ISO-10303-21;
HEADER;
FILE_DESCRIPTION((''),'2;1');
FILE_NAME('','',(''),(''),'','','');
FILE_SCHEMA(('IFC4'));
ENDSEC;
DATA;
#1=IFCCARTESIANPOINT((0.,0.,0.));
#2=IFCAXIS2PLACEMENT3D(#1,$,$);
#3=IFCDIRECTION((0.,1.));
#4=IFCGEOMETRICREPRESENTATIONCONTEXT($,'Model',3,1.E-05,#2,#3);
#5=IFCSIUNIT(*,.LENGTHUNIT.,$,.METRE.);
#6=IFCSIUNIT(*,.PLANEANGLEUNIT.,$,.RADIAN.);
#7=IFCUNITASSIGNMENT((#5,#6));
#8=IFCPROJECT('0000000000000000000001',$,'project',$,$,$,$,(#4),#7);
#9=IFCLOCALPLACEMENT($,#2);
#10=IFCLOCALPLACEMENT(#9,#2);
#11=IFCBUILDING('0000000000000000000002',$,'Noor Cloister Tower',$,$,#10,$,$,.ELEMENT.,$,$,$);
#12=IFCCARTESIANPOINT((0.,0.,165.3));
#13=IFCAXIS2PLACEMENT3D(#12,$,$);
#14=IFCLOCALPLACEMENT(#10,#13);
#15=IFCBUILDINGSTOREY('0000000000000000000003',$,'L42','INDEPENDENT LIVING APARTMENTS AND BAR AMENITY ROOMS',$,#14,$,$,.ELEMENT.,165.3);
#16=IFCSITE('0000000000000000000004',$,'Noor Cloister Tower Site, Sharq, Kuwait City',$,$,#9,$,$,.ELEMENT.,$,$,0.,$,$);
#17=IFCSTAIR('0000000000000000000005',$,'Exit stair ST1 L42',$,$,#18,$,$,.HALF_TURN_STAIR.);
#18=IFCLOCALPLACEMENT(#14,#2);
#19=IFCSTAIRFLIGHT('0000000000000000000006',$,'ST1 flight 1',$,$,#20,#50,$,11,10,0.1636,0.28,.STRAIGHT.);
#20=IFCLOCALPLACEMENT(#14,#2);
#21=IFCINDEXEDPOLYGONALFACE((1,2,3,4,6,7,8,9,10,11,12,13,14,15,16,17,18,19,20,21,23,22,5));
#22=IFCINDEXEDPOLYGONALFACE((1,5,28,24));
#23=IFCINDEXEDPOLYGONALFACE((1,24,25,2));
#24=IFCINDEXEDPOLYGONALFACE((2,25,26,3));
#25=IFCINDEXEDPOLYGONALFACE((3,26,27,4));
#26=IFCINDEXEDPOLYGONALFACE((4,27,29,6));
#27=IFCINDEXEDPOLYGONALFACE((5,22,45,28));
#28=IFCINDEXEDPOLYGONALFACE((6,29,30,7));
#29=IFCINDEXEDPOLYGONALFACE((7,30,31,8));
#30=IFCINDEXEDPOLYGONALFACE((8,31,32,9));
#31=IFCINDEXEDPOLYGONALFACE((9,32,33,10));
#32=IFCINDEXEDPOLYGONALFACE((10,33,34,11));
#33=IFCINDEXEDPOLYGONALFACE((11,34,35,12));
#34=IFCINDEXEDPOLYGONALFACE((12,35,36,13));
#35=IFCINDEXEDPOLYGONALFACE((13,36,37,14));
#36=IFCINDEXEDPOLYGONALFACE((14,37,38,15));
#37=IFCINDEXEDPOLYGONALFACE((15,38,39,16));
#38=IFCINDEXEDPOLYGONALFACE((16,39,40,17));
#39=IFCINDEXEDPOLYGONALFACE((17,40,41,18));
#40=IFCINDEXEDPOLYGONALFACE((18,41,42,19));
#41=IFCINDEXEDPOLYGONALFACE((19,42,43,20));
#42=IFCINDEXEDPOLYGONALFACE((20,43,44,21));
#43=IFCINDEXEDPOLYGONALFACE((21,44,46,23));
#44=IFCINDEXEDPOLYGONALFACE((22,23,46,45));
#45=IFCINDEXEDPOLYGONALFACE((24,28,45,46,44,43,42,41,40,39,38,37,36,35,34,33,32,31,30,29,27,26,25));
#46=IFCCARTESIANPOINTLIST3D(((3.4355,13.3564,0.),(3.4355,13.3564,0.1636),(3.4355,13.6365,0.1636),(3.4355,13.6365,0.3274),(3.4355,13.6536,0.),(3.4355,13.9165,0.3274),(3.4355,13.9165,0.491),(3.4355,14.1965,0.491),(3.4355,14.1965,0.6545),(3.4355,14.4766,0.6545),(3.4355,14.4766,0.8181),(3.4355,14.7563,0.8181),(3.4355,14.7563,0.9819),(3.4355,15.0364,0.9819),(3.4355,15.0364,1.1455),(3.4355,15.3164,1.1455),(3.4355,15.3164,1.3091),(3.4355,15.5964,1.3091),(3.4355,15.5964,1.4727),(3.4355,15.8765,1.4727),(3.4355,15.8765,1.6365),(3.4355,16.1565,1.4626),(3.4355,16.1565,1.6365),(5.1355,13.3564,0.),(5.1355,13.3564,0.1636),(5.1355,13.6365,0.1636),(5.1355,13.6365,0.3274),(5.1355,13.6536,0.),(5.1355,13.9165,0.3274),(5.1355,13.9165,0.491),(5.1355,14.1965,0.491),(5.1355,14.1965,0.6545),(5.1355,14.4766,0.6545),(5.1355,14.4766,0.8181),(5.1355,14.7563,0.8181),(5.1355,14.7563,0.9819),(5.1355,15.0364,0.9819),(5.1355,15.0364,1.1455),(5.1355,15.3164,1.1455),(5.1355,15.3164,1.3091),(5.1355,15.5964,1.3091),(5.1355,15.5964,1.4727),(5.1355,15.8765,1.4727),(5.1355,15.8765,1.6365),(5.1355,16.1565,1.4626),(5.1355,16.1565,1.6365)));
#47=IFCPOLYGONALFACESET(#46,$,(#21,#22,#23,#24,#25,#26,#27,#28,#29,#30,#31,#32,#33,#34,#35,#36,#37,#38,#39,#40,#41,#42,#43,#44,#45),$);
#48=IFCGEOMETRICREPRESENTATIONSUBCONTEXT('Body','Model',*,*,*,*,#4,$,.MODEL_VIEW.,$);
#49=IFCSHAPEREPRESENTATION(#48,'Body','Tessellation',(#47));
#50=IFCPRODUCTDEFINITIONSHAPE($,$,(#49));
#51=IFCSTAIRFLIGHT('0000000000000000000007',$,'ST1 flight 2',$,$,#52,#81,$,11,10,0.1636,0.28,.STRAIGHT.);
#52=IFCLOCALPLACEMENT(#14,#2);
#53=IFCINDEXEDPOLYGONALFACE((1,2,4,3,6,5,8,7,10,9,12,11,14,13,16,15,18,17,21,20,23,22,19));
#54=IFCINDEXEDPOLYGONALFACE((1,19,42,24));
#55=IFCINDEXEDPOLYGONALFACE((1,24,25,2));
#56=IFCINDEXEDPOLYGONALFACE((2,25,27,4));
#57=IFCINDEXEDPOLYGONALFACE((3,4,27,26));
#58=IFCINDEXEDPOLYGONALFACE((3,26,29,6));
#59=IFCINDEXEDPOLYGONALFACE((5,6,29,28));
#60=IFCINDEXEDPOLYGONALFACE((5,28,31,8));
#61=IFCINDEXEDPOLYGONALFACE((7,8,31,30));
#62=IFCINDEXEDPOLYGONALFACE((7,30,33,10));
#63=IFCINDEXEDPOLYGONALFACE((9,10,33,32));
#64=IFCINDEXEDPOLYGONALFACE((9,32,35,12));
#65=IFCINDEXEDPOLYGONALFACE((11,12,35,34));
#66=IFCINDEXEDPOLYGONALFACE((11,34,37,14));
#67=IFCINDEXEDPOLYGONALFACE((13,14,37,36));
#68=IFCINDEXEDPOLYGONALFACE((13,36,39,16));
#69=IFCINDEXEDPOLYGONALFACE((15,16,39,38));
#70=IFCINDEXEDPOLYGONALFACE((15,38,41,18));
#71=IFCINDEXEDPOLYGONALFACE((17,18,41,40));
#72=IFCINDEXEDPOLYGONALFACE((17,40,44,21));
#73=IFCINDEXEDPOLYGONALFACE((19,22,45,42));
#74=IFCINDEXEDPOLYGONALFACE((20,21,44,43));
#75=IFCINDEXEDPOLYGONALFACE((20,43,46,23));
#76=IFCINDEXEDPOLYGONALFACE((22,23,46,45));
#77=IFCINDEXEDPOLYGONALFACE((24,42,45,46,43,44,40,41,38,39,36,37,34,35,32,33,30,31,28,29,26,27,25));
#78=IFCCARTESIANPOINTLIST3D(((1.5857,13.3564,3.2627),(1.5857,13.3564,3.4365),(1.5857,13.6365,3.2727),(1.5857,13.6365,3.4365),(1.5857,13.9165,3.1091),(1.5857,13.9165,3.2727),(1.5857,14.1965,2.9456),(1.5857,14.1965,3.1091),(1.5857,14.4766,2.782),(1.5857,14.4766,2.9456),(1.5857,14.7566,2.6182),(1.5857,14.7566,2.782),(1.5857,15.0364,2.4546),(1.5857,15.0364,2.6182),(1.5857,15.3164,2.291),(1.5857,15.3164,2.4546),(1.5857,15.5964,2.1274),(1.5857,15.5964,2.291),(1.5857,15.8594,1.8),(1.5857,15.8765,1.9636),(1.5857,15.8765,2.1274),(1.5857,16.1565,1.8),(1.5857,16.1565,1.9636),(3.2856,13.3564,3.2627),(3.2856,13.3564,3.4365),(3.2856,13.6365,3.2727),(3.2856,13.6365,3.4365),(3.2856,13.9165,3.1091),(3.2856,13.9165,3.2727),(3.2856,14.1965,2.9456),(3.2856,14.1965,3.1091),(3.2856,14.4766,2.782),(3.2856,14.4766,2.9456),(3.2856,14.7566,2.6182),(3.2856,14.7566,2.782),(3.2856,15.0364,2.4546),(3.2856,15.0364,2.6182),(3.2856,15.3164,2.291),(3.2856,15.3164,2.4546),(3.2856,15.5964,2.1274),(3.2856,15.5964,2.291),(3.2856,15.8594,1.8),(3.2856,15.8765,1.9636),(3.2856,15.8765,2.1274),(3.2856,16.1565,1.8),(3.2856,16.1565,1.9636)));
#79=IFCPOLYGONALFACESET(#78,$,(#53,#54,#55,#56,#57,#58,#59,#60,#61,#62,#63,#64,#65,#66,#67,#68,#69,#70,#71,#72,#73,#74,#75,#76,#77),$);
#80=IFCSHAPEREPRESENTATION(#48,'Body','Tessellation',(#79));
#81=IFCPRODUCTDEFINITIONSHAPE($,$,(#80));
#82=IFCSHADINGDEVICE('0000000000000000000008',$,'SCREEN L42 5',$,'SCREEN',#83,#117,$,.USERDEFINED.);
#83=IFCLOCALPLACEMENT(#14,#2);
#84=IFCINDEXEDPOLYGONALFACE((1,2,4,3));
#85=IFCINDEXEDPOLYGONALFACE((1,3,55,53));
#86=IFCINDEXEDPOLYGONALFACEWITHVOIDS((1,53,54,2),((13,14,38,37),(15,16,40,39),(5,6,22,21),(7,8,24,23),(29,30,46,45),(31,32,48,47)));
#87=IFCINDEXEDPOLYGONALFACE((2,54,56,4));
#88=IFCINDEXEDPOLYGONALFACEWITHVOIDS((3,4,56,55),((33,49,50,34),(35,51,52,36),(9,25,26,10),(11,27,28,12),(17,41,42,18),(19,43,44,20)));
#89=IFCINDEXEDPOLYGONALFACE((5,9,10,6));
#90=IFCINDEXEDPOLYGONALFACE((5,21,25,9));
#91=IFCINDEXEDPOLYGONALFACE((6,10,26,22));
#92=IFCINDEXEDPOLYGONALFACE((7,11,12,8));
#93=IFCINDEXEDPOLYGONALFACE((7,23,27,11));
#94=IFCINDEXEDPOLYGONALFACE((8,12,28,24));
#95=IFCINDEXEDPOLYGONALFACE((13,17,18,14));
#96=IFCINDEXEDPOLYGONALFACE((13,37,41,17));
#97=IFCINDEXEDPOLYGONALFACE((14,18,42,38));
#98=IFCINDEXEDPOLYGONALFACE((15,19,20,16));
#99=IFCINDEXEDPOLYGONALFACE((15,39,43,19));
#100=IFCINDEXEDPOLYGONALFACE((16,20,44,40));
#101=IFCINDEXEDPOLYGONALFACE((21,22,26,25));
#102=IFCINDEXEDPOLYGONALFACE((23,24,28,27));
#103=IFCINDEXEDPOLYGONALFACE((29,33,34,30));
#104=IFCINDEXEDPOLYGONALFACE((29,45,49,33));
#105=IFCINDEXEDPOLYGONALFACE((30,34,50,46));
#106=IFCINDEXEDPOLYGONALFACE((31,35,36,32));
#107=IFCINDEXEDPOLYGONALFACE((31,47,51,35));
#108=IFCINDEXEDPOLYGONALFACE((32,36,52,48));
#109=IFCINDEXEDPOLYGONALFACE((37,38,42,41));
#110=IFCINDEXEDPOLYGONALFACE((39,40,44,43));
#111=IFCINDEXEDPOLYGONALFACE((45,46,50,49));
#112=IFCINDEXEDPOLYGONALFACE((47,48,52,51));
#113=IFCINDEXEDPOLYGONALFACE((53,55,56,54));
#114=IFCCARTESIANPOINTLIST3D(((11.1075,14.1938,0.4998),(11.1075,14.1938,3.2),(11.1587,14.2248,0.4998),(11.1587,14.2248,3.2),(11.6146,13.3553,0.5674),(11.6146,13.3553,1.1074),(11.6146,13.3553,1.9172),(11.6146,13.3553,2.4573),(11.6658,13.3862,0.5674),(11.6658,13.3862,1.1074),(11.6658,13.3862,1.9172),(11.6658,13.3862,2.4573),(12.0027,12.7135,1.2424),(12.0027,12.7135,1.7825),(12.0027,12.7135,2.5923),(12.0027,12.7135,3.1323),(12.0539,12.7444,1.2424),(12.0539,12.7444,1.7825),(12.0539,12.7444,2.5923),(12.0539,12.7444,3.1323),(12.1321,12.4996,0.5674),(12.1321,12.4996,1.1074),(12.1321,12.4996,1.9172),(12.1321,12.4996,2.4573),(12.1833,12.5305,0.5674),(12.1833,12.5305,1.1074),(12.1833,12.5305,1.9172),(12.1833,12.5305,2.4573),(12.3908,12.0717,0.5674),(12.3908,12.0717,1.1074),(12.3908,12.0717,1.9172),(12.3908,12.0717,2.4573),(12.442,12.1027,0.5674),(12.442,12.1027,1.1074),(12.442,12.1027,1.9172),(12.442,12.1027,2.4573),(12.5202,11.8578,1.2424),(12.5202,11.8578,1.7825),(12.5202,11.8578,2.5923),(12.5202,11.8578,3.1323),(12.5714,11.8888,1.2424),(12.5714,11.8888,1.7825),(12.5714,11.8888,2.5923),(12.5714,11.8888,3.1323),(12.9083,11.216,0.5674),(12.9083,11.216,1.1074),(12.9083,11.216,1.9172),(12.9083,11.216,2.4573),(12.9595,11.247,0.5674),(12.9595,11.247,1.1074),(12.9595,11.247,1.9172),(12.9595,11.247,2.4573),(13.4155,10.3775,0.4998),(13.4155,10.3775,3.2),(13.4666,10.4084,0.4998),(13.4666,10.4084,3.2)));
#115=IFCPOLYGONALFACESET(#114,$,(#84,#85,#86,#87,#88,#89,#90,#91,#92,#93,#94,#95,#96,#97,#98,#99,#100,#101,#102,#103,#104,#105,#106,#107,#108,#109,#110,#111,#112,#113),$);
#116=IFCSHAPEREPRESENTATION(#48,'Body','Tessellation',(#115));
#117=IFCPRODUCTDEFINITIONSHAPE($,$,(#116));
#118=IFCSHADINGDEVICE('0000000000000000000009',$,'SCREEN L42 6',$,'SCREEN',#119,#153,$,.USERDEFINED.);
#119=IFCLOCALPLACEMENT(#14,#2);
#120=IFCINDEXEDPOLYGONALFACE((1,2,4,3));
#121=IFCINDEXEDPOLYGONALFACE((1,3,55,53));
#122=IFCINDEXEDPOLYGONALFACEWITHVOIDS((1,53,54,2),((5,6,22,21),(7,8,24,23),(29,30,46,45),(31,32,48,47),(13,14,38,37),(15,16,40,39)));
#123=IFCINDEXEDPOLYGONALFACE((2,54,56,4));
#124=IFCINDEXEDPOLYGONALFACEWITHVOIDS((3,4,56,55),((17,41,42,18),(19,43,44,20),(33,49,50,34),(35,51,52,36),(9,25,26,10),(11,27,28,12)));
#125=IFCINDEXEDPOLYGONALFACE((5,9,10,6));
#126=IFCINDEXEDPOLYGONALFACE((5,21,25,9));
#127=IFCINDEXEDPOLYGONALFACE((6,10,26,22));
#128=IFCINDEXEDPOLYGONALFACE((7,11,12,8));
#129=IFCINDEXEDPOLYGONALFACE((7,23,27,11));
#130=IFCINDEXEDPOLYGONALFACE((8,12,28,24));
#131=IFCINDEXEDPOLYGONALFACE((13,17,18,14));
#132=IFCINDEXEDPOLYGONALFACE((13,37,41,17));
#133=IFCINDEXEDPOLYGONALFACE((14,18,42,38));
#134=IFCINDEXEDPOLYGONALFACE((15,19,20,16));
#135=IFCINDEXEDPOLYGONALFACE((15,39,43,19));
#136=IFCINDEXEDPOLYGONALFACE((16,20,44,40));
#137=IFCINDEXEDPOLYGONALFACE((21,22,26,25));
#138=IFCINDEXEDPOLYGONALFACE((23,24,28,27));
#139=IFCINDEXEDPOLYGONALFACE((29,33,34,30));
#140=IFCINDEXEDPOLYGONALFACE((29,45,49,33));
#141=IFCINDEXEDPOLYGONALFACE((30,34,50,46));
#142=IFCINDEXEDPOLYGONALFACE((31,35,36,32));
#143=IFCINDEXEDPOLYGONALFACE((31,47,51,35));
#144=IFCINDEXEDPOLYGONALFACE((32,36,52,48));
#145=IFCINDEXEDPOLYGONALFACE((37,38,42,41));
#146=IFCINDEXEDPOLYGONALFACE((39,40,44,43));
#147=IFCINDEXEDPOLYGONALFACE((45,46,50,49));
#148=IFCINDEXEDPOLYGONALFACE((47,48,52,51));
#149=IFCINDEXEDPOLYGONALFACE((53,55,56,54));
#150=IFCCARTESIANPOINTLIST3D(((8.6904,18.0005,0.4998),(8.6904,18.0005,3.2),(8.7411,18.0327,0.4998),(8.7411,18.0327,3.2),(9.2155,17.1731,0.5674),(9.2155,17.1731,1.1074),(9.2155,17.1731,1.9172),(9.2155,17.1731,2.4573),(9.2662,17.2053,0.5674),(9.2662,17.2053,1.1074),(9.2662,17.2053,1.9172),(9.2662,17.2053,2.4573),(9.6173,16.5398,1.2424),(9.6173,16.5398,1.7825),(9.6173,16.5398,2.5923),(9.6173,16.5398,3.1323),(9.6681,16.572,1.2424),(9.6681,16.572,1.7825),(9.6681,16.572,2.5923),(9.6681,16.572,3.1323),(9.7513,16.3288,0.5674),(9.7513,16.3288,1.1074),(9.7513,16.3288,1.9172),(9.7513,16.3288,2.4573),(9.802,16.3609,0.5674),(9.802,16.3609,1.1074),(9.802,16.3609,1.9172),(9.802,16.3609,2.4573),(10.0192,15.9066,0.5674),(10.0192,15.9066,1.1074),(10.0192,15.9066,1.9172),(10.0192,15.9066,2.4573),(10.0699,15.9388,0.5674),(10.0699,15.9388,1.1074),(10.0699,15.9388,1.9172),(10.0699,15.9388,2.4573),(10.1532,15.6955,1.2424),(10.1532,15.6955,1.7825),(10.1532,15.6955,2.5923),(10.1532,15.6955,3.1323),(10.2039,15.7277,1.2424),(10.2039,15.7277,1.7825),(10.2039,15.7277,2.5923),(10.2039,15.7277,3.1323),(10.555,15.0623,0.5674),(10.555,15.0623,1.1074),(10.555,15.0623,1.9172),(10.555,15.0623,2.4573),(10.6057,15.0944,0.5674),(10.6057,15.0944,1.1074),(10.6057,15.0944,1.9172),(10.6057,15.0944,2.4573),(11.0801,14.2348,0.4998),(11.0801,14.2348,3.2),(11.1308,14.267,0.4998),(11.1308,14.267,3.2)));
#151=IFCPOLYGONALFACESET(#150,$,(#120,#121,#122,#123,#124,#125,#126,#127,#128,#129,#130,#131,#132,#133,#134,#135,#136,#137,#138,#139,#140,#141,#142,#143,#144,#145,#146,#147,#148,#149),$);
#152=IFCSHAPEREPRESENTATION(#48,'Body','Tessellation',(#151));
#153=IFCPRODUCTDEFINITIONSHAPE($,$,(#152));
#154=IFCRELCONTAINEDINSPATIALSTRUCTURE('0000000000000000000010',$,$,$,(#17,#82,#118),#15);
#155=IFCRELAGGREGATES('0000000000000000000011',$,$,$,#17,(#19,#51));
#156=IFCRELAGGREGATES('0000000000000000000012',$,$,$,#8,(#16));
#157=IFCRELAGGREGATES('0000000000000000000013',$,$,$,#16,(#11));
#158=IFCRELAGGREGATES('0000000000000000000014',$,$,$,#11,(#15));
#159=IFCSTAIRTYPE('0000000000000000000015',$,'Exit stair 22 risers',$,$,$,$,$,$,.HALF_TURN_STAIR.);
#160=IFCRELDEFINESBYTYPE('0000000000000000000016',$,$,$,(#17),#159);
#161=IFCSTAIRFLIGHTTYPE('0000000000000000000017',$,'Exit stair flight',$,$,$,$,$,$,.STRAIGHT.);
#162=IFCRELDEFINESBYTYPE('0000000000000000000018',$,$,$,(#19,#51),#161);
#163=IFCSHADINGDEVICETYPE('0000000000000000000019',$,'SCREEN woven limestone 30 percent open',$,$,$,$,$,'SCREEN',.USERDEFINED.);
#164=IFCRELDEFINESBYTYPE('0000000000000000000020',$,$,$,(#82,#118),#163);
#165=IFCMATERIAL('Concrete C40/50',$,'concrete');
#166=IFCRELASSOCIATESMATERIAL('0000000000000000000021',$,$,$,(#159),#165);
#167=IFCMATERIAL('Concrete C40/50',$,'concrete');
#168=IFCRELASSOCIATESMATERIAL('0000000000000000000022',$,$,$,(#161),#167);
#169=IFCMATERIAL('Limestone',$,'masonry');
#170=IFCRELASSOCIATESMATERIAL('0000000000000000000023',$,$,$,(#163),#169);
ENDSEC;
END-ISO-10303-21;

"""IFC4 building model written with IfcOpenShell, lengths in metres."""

from ifc_helpers import new_model, si_unit, direction, frame, origin, place, context, subcontext, project, spatial, polyline, outline, extrude, material, material_profile, profile_set, type_object, element, aggregate, save


model = new_model("IFC4")

# Units and contexts
model_context = context("Model", 3, precision=1e-05, world=origin(), true_north=direction((0.0, 1.0)))
body_context = subcontext(model_context, "Body", "Model", "MODEL_VIEW")
ifc_project = project(units=[si_unit("LENGTHUNIT", "METRE"), si_unit("PLANEANGLEUNIT", "RADIAN")], contexts=[model_context])

# Site, building, storey
site_placement = place(None, origin())
site = spatial("IfcSite", under=ifc_project, at=site_placement, Name="Noor Cloister Tower Site, Sharq, Kuwait City", CompositionType="ELEMENT", RefElevation=0.0)
building_placement = place(site_placement, origin())
building = spatial("IfcBuilding", under=site, at=building_placement, Name="Noor Cloister Tower", CompositionType="ELEMENT")
storey_placement = place(building_placement, frame((0.0, 0.0, 165.3)))
storey = spatial("IfcBuildingStorey", under=building, at=storey_placement, Name="L42", Description="INDEPENDENT LIVING APARTMENTS AND BAR AMENITY ROOMS", CompositionType="ELEMENT", Elevation=165.3)

# Stair, stair flights
ifc_material_1 = material(Name="Concrete C40/50", Category="concrete")
stair_type = type_object("IfcStairType", Name="Exit stair 22 risers", PredefinedType="HALF_TURN_STAIR", material=ifc_material_1)
stair_placement = place(storey_placement, origin())
stair = element("IfcStair", 1, at=stair_placement, inside=storey, type_object=stair_type, Name="Exit stair ST1 L42", PredefinedType="HALF_TURN_STAIR")
ifc_material_2 = material(Name="Concrete C40/50", Category="concrete")
stair_flight_type = type_object("IfcStairFlightType", Name="Exit stair flight", PredefinedType="STRAIGHT", material=ifc_material_2)
stair_flight_1_placement = place(storey_placement, frame((4.2856, 13.3564, 0.0), z_axis=(0.0, 0.0, 1.0), x_axis=(0.0, 1.0, 0.0)))
stair_flight_1 = element("IfcStairFlight", 2, at=stair_flight_1_placement, type_object=stair_flight_type, Name="ST1 flight 1", NumberOfRisers=11, NumberOfTreads=10, PredefinedType="STRAIGHT", RiserHeight=0.1636, TreadLength=0.28, context=body_context, shape_type="SweptSolid", body=[
    extrude(outline(polyline([(0.0, 0.0), (0.0, 0.1636), (0.28, 0.1636), (0.28, 0.3274), (0.5601, 0.3274), (0.5601, 0.491), (0.8401, 0.491), (0.8401, 0.6545), (1.1201, 0.6545), (1.1201, 0.8181), (1.3999, 0.8181), (1.3999, 0.9819), (1.6799, 0.9819), (1.6799, 1.1455), (1.96, 1.1455), (1.96, 1.3091), (2.24, 1.3091), (2.24, 1.4727), (2.52, 1.4727), (2.52, 1.6365), (2.8, 1.6365), (2.8, 1.8), (2.8, 1.4626), (0.2971, 0.0), (0.0, 0.0)])), frame((0.0, 0.8501, 0.0), z_axis=(0.0, -1.0, 0.0), x_axis=(1.0, 0.0, 0.0)), (0.0, 0.0, 1.0), 1.7),
])
stair_flight_2_placement = place(storey_placement, frame((2.4355, 16.1565, 1.8), z_axis=(0.0, 0.0, 1.0), x_axis=(0.0, -1.0, 0.0)))
stair_flight_2 = element("IfcStairFlight", 3, at=stair_flight_2_placement, type_object=stair_flight_type, Name="ST1 flight 2", NumberOfRisers=11, NumberOfTreads=10, PredefinedType="STRAIGHT", RiserHeight=0.1636, TreadLength=0.28, context=body_context, shape_type="SweptSolid", body=[
    extrude(outline(polyline([(0.0, 0.0), (0.0, 0.1636), (0.28, 0.1636), (0.28, 0.3274), (0.5601, 0.3274), (0.5601, 0.491), (0.8401, 0.491), (0.8401, 0.6545), (1.1201, 0.6545), (1.1201, 0.8181), (1.3999, 0.8181), (1.3999, 0.9819), (1.6799, 0.9819), (1.6799, 1.1455), (1.96, 1.1455), (1.96, 1.3091), (2.24, 1.3091), (2.24, 1.4727), (2.52, 1.4727), (2.52, 1.6365), (2.8, 1.6365), (2.8, 1.8), (2.8, 1.4626), (0.2971, 0.0), (0.0, 0.0)])), frame((0.0, 0.8501, 0.0), z_axis=(0.0, -1.0, 0.0), x_axis=(1.0, 0.0, 0.0)), (0.0, 0.0, 1.0), 1.7),
])
aggregate(stair, [stair_flight_1, stair_flight_2])

# Shading devices
ifc_material_3 = material(Name="Limestone", Category="masonry")
ifc_material_profile_1 = material_profile(ifc_material_3, outline(polyline([(-2.23, -1.3501), (2.23, -1.3501), (2.23, 1.3501), (-2.23, 1.3501), (-2.23, -1.3501)]), holes=[polyline([(-1.25, -1.2825), (-0.25, -1.2825), (-0.25, -0.7424), (-1.25, -0.7424), (-1.25, -1.2825)]), polyline([(0.25, -1.2825), (1.25, -1.2825), (1.25, -0.7424), (0.25, -0.7424), (0.25, -1.2825)]), polyline([(-0.5, -0.6074), (0.5, -0.6074), (0.5, -0.0674), (-0.5, -0.0674), (-0.5, -0.6074)]), polyline([(-1.25, 0.0674), (-0.25, 0.0674), (-0.25, 0.6074), (-1.25, 0.6074), (-1.25, 0.0674)]), polyline([(0.25, 0.0674), (1.25, 0.0674), (1.25, 0.6074), (0.25, 0.6074), (0.25, 0.0674)]), polyline([(-0.5, 0.7424), (0.5, 0.7424), (0.5, 1.2825), (-0.5, 1.2825), (-0.5, 0.7424)])]), Name="Woven screen 30 percent open")
ifc_profile_set_1 = profile_set([ifc_material_profile_1], Name="Limestone")
shading_device_type = type_object("IfcShadingDeviceType", Name="SCREEN woven limestone 30 percent open", ElementType="SCREEN", PredefinedType="USERDEFINED", material=ifc_profile_set_1)
shading_device_placement = place(storey_placement, frame((12.2615, 12.2856, 1.8499), z_axis=(0.85569, 0.517489, 0.0), x_axis=(-0.517489, 0.85569, 0.0)))
element("IfcShadingDevice", 4, at=shading_device_placement, inside=storey, type_object=shading_device_type, Name="SCREEN L42 5", ObjectType="SCREEN", PredefinedType="USERDEFINED", context=body_context, shape_type="SweptSolid", body=[
    extrude(outline(polyline([(-2.23, -1.3501), (2.23, -1.3501), (2.23, 1.3501), (-2.23, 1.3501), (-2.23, -1.3501)]), holes=[polyline([(-1.25, -1.2825), (-0.25, -1.2825), (-0.25, -0.7424), (-1.25, -0.7424), (-1.25, -1.2825)]), polyline([(0.25, -1.2825), (1.25, -1.2825), (1.25, -0.7424), (0.25, -0.7424), (0.25, -1.2825)]), polyline([(-0.5, -0.6074), (0.5, -0.6074), (0.5, -0.0674), (-0.5, -0.0674), (-0.5, -0.6074)]), polyline([(-1.25, 0.0674), (-0.25, 0.0674), (-0.25, 0.6074), (-1.25, 0.6074), (-1.25, 0.0674)]), polyline([(0.25, 0.0674), (1.25, 0.0674), (1.25, 0.6074), (0.25, 0.6074), (0.25, 0.0674)]), polyline([(-0.5, 0.7424), (0.5, 0.7424), (0.5, 1.2825), (-0.5, 1.2825), (-0.5, 0.7424)])]), origin(), (0.0, 0.0, 1.0), 0.0598),
])
for number, where, z_axis, x_axis, name in (
    (5, (9.8853, 16.1177, 1.8499), (0.844329, 0.535824, 0.0), (-0.535824, 0.844329, 0.0), "SCREEN L42 6"),
):
    element("IfcShadingDevice", number, at=place(storey_placement, frame(where, z_axis=z_axis, x_axis=x_axis)), inside=storey, type_object=shading_device_type, Name=name, ObjectType="SCREEN", PredefinedType="USERDEFINED", context=body_context, shape_type="SweptSolid", body=[
        extrude(outline(polyline([(-2.23, -1.3501), (2.23, -1.3501), (2.23, 1.3501), (-2.23, 1.3501), (-2.23, -1.3501)]), holes=[polyline([(-1.25, -1.2825), (-0.25, -1.2825), (-0.25, -0.7424), (-1.25, -0.7424), (-1.25, -1.2825)]), polyline([(0.25, -1.2825), (1.25, -1.2825), (1.25, -0.7424), (0.25, -0.7424), (0.25, -1.2825)]), polyline([(-0.5, -0.6074), (0.5, -0.6074), (0.5, -0.0674), (-0.5, -0.0674), (-0.5, -0.6074)]), polyline([(-1.25, 0.0674), (-0.25, 0.0674), (-0.25, 0.6074), (-1.25, 0.6074), (-1.25, 0.0674)]), polyline([(0.25, 0.0674), (1.25, 0.0674), (1.25, 0.6074), (0.25, 0.6074), (0.25, 0.0674)]), polyline([(-0.5, 0.7424), (0.5, 0.7424), (0.5, 1.2825), (-0.5, 1.2825), (-0.5, 0.7424)])]), origin(), (0.0, 0.0, 1.0), 0.0601),
    ])

save(model, "model.ifc")
